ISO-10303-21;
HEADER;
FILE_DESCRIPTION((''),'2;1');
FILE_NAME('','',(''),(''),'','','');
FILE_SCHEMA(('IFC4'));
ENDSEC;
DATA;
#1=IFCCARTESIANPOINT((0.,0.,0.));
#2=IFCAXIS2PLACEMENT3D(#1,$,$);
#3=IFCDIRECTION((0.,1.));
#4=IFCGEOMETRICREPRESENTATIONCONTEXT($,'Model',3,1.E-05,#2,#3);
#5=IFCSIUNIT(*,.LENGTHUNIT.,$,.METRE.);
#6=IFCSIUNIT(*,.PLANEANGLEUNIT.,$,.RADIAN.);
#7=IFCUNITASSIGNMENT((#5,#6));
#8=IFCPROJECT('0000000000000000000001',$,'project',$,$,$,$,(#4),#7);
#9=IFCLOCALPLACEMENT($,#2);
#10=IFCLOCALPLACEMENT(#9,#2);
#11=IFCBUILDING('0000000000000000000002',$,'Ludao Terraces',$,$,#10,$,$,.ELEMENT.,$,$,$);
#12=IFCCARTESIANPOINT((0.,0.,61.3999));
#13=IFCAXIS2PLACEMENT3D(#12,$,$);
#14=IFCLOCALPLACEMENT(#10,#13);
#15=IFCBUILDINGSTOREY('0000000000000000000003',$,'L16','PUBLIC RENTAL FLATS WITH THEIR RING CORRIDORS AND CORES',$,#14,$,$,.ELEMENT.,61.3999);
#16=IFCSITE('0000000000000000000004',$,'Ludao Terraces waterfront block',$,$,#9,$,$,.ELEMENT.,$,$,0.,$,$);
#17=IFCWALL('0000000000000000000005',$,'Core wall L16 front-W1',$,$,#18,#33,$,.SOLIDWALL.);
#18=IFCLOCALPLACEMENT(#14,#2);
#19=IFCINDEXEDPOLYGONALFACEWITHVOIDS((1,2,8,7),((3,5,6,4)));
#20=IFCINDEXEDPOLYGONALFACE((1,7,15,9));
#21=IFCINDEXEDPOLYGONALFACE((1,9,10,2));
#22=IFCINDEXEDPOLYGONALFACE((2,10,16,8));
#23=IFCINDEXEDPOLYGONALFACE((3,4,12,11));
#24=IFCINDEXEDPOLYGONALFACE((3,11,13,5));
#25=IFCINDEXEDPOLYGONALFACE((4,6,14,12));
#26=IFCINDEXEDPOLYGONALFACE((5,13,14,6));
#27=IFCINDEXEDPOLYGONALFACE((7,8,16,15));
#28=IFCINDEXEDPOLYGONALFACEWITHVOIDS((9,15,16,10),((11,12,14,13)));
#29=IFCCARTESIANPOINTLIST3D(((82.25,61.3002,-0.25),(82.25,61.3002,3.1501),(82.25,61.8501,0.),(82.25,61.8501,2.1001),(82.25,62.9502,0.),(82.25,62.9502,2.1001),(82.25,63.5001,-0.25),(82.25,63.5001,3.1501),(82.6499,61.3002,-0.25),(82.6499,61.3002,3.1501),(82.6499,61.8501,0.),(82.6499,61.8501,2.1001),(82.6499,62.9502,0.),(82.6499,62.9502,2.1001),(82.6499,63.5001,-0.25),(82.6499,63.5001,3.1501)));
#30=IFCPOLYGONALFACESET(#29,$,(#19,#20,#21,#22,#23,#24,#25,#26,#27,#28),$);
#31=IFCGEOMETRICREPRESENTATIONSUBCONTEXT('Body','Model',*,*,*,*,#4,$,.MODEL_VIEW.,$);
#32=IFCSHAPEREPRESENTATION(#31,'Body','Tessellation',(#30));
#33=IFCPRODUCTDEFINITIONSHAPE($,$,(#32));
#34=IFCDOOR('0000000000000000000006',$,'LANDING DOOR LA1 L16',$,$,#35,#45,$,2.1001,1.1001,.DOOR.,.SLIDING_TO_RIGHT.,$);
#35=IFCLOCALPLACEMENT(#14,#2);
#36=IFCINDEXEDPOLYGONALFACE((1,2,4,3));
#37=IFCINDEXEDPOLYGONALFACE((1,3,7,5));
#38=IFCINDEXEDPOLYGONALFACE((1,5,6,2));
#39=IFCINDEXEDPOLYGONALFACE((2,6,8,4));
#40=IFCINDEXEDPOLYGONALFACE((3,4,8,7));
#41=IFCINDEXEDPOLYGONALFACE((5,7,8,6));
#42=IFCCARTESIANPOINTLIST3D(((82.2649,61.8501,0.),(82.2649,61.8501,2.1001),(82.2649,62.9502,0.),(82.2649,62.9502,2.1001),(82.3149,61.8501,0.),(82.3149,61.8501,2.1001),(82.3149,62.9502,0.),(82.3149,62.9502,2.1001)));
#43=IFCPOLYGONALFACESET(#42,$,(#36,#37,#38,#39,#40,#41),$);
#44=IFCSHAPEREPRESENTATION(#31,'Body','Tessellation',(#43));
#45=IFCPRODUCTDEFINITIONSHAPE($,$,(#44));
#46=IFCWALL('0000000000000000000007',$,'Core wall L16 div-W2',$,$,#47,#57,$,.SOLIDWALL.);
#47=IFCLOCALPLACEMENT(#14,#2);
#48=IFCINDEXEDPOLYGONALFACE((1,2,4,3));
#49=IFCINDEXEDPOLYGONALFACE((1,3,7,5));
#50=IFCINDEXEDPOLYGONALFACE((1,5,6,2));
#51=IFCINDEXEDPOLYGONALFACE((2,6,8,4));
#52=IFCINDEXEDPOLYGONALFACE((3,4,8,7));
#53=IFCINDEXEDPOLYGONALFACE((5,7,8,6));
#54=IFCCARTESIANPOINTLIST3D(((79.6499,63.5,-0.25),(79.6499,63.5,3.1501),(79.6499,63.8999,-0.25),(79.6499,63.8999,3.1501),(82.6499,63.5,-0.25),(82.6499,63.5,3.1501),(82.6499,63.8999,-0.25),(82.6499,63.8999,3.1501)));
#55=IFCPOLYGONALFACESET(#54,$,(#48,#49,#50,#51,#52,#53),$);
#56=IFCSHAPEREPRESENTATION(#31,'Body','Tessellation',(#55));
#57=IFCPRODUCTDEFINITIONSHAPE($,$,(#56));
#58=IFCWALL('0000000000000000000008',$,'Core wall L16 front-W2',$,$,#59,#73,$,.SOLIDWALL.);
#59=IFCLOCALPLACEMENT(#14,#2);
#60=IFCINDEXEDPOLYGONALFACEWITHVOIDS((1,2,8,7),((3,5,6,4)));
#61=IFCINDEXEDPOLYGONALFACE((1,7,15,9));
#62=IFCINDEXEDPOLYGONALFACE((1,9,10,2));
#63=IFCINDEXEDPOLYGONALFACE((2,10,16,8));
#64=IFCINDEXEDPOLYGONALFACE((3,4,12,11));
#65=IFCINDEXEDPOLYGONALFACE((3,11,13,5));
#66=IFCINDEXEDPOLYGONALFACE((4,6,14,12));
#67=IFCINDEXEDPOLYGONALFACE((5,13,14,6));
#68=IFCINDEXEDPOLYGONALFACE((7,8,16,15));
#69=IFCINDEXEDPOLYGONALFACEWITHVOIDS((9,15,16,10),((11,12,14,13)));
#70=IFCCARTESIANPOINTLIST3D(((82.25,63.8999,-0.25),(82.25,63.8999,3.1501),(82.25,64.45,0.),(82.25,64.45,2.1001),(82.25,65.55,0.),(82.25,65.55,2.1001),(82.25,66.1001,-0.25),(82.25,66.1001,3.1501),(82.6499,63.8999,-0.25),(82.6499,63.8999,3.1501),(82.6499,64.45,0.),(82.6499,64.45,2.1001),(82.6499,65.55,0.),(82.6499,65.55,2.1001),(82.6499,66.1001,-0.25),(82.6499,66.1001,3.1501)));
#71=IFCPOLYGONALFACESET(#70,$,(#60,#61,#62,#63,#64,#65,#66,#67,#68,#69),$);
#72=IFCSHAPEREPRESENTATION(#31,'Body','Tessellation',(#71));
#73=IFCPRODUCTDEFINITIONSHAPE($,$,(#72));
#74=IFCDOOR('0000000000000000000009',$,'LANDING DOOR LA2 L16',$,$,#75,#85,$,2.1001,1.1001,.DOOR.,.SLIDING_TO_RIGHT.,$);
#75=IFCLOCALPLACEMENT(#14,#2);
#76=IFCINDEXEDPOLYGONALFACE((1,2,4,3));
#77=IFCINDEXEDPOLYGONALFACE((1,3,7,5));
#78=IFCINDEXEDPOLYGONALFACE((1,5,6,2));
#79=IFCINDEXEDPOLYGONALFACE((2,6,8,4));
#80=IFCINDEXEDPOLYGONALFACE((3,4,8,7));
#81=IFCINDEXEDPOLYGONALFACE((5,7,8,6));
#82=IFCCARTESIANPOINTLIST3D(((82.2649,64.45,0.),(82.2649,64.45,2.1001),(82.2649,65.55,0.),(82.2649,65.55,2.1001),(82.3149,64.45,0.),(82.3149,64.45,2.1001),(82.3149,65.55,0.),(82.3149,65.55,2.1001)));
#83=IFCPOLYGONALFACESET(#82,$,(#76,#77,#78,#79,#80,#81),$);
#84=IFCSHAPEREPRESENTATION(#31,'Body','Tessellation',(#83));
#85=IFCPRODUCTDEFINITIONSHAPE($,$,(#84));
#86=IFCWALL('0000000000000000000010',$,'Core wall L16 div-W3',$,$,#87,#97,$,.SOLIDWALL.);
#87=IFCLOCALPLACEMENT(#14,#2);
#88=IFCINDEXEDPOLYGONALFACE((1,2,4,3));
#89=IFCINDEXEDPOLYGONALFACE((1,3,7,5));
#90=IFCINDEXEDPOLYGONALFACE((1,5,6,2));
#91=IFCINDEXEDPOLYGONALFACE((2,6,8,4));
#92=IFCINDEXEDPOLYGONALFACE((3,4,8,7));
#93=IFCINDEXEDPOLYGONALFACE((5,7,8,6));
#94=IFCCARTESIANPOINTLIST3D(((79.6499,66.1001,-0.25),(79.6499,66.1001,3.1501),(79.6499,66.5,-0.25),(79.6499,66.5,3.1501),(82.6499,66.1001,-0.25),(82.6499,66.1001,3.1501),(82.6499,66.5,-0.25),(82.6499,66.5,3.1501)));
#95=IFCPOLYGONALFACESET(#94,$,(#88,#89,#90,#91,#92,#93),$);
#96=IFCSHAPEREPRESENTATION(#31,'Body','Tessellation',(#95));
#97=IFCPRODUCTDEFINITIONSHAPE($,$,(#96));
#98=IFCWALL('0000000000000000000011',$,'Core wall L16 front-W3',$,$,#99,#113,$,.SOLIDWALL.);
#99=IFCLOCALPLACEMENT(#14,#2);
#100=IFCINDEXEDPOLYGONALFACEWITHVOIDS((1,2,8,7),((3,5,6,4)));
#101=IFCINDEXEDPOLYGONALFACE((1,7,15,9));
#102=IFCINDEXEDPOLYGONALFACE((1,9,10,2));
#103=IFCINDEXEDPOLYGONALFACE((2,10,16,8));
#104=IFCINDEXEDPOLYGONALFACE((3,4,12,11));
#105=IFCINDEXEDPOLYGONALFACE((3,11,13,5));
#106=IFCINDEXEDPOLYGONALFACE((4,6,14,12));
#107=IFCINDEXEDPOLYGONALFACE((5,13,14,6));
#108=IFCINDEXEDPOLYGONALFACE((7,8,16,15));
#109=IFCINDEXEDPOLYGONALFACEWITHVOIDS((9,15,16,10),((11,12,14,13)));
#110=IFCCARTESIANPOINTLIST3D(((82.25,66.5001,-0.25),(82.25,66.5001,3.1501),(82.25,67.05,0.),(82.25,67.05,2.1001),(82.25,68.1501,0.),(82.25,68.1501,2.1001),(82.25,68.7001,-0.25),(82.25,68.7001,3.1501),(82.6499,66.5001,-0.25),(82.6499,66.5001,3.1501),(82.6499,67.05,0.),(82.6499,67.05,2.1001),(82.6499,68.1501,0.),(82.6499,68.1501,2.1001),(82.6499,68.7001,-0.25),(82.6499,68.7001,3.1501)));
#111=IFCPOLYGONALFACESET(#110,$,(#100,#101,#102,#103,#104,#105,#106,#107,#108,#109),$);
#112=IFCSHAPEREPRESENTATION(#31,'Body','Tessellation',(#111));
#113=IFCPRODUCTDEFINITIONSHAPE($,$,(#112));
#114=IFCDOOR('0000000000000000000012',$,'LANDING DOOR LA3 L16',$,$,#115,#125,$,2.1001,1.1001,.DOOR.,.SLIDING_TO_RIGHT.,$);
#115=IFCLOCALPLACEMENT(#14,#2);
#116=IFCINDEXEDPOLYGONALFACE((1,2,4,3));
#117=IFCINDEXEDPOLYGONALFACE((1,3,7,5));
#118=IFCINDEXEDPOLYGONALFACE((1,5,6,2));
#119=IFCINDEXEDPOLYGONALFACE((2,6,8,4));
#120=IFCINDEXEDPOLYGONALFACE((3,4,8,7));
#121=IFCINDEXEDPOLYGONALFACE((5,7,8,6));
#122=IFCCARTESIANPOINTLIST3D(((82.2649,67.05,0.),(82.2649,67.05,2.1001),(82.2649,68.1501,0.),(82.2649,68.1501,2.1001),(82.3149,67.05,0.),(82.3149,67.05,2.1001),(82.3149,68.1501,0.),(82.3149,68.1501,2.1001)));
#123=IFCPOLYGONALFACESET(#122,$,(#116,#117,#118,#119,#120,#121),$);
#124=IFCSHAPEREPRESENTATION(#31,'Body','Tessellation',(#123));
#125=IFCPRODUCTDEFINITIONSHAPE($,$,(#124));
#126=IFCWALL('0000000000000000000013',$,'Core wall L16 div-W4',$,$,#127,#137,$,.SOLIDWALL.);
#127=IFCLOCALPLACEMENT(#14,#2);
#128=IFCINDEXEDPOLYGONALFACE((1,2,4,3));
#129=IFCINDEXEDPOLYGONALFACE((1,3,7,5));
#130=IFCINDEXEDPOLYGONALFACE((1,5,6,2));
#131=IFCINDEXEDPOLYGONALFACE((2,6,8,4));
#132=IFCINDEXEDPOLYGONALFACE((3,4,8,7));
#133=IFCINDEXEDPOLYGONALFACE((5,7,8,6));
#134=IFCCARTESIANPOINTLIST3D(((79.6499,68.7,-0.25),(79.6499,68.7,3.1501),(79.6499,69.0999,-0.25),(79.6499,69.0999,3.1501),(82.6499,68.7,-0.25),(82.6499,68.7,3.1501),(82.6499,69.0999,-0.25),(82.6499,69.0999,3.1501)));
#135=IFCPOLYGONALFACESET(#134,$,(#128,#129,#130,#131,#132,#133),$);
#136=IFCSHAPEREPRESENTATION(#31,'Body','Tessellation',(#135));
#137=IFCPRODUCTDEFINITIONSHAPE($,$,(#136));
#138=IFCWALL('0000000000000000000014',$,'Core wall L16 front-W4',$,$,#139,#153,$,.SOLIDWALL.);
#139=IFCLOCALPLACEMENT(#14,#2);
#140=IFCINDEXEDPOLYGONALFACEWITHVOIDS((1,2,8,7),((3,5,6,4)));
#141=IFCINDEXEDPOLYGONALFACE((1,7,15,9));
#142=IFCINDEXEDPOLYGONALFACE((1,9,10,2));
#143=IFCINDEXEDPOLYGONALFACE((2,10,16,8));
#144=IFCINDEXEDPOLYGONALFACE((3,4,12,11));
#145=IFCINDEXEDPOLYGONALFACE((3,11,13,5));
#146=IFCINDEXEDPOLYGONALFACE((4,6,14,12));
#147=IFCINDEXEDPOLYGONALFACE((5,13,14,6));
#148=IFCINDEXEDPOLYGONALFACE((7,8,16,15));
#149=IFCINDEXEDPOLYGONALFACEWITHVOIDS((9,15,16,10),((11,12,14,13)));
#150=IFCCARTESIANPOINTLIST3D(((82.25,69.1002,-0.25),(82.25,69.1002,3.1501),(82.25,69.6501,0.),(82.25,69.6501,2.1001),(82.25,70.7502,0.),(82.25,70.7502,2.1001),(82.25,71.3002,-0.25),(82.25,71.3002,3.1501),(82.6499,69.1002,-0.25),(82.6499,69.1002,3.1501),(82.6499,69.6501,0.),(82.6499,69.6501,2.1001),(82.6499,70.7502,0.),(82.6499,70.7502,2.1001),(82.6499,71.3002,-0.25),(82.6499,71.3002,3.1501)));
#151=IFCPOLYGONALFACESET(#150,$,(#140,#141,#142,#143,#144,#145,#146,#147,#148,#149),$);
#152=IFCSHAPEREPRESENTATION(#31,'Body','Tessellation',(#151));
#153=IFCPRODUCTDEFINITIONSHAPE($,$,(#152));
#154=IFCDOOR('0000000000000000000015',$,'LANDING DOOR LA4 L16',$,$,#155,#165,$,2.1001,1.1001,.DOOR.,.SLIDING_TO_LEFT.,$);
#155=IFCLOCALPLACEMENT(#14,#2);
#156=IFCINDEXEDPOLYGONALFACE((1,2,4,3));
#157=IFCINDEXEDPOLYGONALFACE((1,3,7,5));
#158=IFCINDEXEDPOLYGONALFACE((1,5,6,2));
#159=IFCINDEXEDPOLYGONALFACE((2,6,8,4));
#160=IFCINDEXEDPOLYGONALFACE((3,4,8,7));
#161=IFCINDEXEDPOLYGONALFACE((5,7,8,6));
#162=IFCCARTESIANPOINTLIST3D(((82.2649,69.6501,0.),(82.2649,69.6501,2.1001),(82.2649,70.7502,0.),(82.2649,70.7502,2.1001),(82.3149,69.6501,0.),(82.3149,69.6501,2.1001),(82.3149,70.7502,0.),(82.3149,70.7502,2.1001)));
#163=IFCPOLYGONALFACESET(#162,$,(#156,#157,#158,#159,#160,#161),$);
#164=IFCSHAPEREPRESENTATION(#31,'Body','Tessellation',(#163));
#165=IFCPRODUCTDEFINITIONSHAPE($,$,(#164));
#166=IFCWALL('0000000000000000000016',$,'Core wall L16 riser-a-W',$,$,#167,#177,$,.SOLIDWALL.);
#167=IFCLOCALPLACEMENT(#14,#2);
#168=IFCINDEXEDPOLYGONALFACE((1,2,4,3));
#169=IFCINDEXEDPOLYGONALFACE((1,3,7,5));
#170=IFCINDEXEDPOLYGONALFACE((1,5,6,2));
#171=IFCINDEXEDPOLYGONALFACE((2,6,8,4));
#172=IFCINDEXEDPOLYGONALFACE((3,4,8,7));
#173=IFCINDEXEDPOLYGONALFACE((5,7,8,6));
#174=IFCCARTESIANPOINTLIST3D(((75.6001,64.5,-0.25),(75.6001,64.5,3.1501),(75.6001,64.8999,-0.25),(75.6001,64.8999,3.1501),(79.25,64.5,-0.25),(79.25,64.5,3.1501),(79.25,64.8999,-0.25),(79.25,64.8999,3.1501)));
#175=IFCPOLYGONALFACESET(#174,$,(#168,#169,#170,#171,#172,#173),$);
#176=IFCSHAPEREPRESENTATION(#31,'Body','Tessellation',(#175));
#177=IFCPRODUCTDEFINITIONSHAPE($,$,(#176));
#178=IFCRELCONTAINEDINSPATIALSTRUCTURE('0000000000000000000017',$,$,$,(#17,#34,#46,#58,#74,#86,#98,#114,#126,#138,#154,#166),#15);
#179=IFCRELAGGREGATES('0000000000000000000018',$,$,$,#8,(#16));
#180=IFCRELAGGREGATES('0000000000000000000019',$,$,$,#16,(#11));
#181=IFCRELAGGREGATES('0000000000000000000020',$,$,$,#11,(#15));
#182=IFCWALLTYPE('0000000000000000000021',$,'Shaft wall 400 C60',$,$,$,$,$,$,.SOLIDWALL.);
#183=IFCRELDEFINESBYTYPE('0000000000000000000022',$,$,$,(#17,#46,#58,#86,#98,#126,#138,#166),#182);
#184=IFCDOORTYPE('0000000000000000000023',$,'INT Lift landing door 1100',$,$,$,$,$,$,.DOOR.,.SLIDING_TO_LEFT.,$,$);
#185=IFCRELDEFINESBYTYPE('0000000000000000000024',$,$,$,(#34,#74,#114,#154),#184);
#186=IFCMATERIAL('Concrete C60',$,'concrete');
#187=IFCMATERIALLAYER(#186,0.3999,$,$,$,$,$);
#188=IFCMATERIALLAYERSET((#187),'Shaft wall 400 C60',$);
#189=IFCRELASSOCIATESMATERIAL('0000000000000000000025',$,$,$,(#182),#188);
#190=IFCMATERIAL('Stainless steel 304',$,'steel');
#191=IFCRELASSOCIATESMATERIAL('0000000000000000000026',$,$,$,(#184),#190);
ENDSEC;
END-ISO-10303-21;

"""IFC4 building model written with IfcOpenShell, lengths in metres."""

from ifc_helpers import new_model, si_unit, direction, frame, frame_2d, origin, place, context, subcontext, project, spatial, rectangle, extrude, material, layer, layer_set, type_object, element, fill, save


model = new_model("IFC4")

# Units and contexts
model_context = context("Model", 3, precision=1e-05, world=origin(), true_north=direction((0.0, 1.0)))
body_context = subcontext(model_context, "Body", "Model", "MODEL_VIEW")
ifc_project = project(units=[si_unit("LENGTHUNIT", "METRE"), si_unit("PLANEANGLEUNIT", "RADIAN")], contexts=[model_context])

# Site, building, storey
site_placement = place(None, origin())
site = spatial("IfcSite", under=ifc_project, at=site_placement, Name="Ludao Terraces waterfront block", CompositionType="ELEMENT", RefElevation=0.0)
building_placement = place(site_placement, origin())
building = spatial("IfcBuilding", under=site, at=building_placement, Name="Ludao Terraces", CompositionType="ELEMENT")
storey_placement = place(building_placement, frame((0.0, 0.0, 61.3999)))
storey = spatial("IfcBuildingStorey", under=building, at=storey_placement, Name="L16", Description="PUBLIC RENTAL FLATS WITH THEIR RING CORRIDORS AND CORES", CompositionType="ELEMENT", Elevation=61.3999)

# Wall, opening, door
ifc_material_1 = material(Name="Concrete C60", Category="concrete")
ifc_layer_1 = layer(ifc_material_1, 0.3999)
ifc_layer_set_1 = layer_set([ifc_layer_1], Name="Shaft wall 400 C60")
wall_type_1 = type_object("IfcWallType", Name="Shaft wall 400 C60", PredefinedType="SOLIDWALL", material=ifc_layer_set_1)
wall_1_placement = place(storey_placement, frame((82.45, 61.3, -0.25), z_axis=(0.0, 0.0, 1.0), x_axis=(0.0, 1.0, 0.0)))
wall_1 = element("IfcWall", 1, at=wall_1_placement, inside=storey, type_object=wall_type_1, Name="Core wall L16 front-W1", PredefinedType="SOLIDWALL", context=body_context, shape_type="SweptSolid", body=[
    extrude(rectangle(XDim=2.2, YDim=0.3999, at=frame_2d((1.1001, 0.0))), origin(), (0.0, 0.0, 1.0), 3.4001),
])
opening_1_placement = place(wall_1_placement, frame((0.55, 0.0, 0.25)))
opening_1 = element("IfcOpeningElement", 2, at=opening_1_placement, cuts=wall_1, PredefinedType="OPENING", context=body_context, shape_type="SweptSolid", body=[
    extrude(rectangle(XDim=1.1001, YDim=2.1001, at=frame_2d((0.55, 1.05))), frame((0.0, 0.21, 0.0), z_axis=(0.0, -1.0, 0.0), x_axis=(1.0, 0.0, 0.0)), (0.0, 0.0, 1.0), 0.4199),
])
ifc_material_2 = material(Name="Stainless steel 304", Category="steel")
door_type_1 = type_object("IfcDoorType", Name="INT Lift landing door 1100", OperationType="SLIDING_TO_LEFT", PredefinedType="DOOR", material=ifc_material_2)
door_1_placement = place(opening_1_placement, origin())
door_1 = element("IfcDoor", 3, at=door_1_placement, inside=storey, type_object=door_type_1, Name="LANDING DOOR LA1 L16", OperationType="SLIDING_TO_RIGHT", OverallHeight=2.1001, OverallWidth=1.1001, PredefinedType="DOOR", context=body_context, shape_type="SweptSolid", body=[
    extrude(rectangle(XDim=1.1001, YDim=2.1001, at=frame_2d((0.55, 1.05))), frame((0.0, 0.1851, 0.0), z_axis=(0.0, -1.0, 0.0), x_axis=(1.0, 0.0, 0.0)), (0.0, 0.0, 1.0), 0.05),
])
fill(opening_1, door_1)

# Wall
wall_2_placement = place(storey_placement, frame((79.6499, 63.7, -0.25), z_axis=(0.0, 0.0, 1.0), x_axis=(1.0, 0.0, 0.0)))
element("IfcWall", 4, at=wall_2_placement, inside=storey, type_object=wall_type_1, Name="Core wall L16 div-W2", PredefinedType="SOLIDWALL", context=body_context, shape_type="SweptSolid", body=[
    extrude(rectangle(XDim=3.0, YDim=0.3999, at=frame_2d((1.5, 0.0))), origin(), (0.0, 0.0, 1.0), 3.4001),
])

# Wall, opening, door
wall_3_placement = place(storey_placement, frame((82.45, 63.8999, -0.25), z_axis=(0.0, 0.0, 1.0), x_axis=(0.0, 1.0, 0.0)))
wall_3 = element("IfcWall", 5, at=wall_3_placement, inside=storey, type_object=wall_type_1, Name="Core wall L16 front-W2", PredefinedType="SOLIDWALL", context=body_context, shape_type="SweptSolid", body=[
    extrude(rectangle(XDim=2.2002, YDim=0.3999, at=frame_2d((1.1001, 0.0))), origin(), (0.0, 0.0, 1.0), 3.4001),
])
opening_2_placement = place(wall_3_placement, frame((0.55, 0.0, 0.25)))
opening_2 = element("IfcOpeningElement", 6, at=opening_2_placement, cuts=wall_3, PredefinedType="OPENING", context=body_context, shape_type="SweptSolid", body=[
    extrude(rectangle(XDim=1.1001, YDim=2.1001, at=frame_2d((0.55, 1.05))), frame((0.0, 0.21, 0.0), z_axis=(0.0, -1.0, 0.0), x_axis=(1.0, 0.0, 0.0)), (0.0, 0.0, 1.0), 0.4199),
])
door_2_placement = place(opening_2_placement, origin())
door_2 = element("IfcDoor", 7, at=door_2_placement, inside=storey, type_object=door_type_1, Name="LANDING DOOR LA2 L16", OperationType="SLIDING_TO_RIGHT", OverallHeight=2.1001, OverallWidth=1.1001, PredefinedType="DOOR", context=body_context, shape_type="SweptSolid", body=[
    extrude(rectangle(XDim=1.1001, YDim=2.1001, at=frame_2d((0.55, 1.05))), frame((0.0, 0.1851, 0.0), z_axis=(0.0, -1.0, 0.0), x_axis=(1.0, 0.0, 0.0)), (0.0, 0.0, 1.0), 0.05),
])
fill(opening_2, door_2)

# Wall
wall_4_placement = place(storey_placement, frame((79.6499, 66.3, -0.25), z_axis=(0.0, 0.0, 1.0), x_axis=(1.0, 0.0, 0.0)))
element("IfcWall", 8, at=wall_4_placement, inside=storey, type_object=wall_type_1, Name="Core wall L16 div-W3", PredefinedType="SOLIDWALL", context=body_context, shape_type="SweptSolid", body=[
    extrude(rectangle(XDim=3.0, YDim=0.3999, at=frame_2d((1.5, 0.0))), origin(), (0.0, 0.0, 1.0), 3.4001),
])

# Wall, opening, door
wall_5_placement = place(storey_placement, frame((82.45, 66.5, -0.25), z_axis=(0.0, 0.0, 1.0), x_axis=(0.0, 1.0, 0.0)))
wall_5 = element("IfcWall", 9, at=wall_5_placement, inside=storey, type_object=wall_type_1, Name="Core wall L16 front-W3", PredefinedType="SOLIDWALL", context=body_context, shape_type="SweptSolid", body=[
    extrude(rectangle(XDim=2.2, YDim=0.3999, at=frame_2d((1.1001, 0.0))), origin(), (0.0, 0.0, 1.0), 3.4001),
])
opening_3_placement = place(wall_5_placement, frame((0.55, 0.0, 0.25)))
opening_3 = element("IfcOpeningElement", 10, at=opening_3_placement, cuts=wall_5, PredefinedType="OPENING", context=body_context, shape_type="SweptSolid", body=[
    extrude(rectangle(XDim=1.1001, YDim=2.1001, at=frame_2d((0.55, 1.05))), frame((0.0, 0.21, 0.0), z_axis=(0.0, -1.0, 0.0), x_axis=(1.0, 0.0, 0.0)), (0.0, 0.0, 1.0), 0.4199),
])
door_3_placement = place(opening_3_placement, origin())
door_3 = element("IfcDoor", 11, at=door_3_placement, inside=storey, type_object=door_type_1, Name="LANDING DOOR LA3 L16", OperationType="SLIDING_TO_RIGHT", OverallHeight=2.1001, OverallWidth=1.1001, PredefinedType="DOOR", context=body_context, shape_type="SweptSolid", body=[
    extrude(rectangle(XDim=1.1001, YDim=2.1001, at=frame_2d((0.55, 1.05))), frame((0.0, 0.1851, 0.0), z_axis=(0.0, -1.0, 0.0), x_axis=(1.0, 0.0, 0.0)), (0.0, 0.0, 1.0), 0.05),
])
fill(opening_3, door_3)

# Wall
wall_6_placement = place(storey_placement, frame((79.6499, 68.8999, -0.25), z_axis=(0.0, 0.0, 1.0), x_axis=(1.0, 0.0, 0.0)))
element("IfcWall", 12, at=wall_6_placement, inside=storey, type_object=wall_type_1, Name="Core wall L16 div-W4", PredefinedType="SOLIDWALL", context=body_context, shape_type="SweptSolid", body=[
    extrude(rectangle(XDim=3.0, YDim=0.3999, at=frame_2d((1.5, 0.0))), origin(), (0.0, 0.0, 1.0), 3.4001),
])

# Wall, opening, door
wall_7_placement = place(storey_placement, frame((82.45, 69.1001, -0.25), z_axis=(0.0, 0.0, 1.0), x_axis=(0.0, 1.0, 0.0)))
wall_7 = element("IfcWall", 13, at=wall_7_placement, inside=storey, type_object=wall_type_1, Name="Core wall L16 front-W4", PredefinedType="SOLIDWALL", context=body_context, shape_type="SweptSolid", body=[
    extrude(rectangle(XDim=2.2, YDim=0.3999, at=frame_2d((1.1001, 0.0))), origin(), (0.0, 0.0, 1.0), 3.4001),
])
opening_4_placement = place(wall_7_placement, frame((0.55, 0.0, 0.25)))
opening_4 = element("IfcOpeningElement", 14, at=opening_4_placement, cuts=wall_7, PredefinedType="OPENING", context=body_context, shape_type="SweptSolid", body=[
    extrude(rectangle(XDim=1.1001, YDim=2.1001, at=frame_2d((0.55, 1.05))), frame((0.0, 0.21, 0.0), z_axis=(0.0, -1.0, 0.0), x_axis=(1.0, 0.0, 0.0)), (0.0, 0.0, 1.0), 0.4199),
])
door_4_placement = place(opening_4_placement, origin())
door_4 = element("IfcDoor", 15, at=door_4_placement, inside=storey, type_object=door_type_1, Name="LANDING DOOR LA4 L16", OperationType="SLIDING_TO_LEFT", OverallHeight=2.1001, OverallWidth=1.1001, PredefinedType="DOOR", context=body_context, shape_type="SweptSolid", body=[
    extrude(rectangle(XDim=1.1001, YDim=2.1001, at=frame_2d((0.55, 1.05))), frame((0.0, 0.1851, 0.0), z_axis=(0.0, -1.0, 0.0), x_axis=(1.0, 0.0, 0.0)), (0.0, 0.0, 1.0), 0.05),
])
fill(opening_4, door_4)

# Wall
wall_8_placement = place(storey_placement, frame((75.6001, 64.7, -0.25), z_axis=(0.0, 0.0, 1.0), x_axis=(1.0, 0.0, 0.0)))
element("IfcWall", 16, at=wall_8_placement, inside=storey, type_object=wall_type_1, Name="Core wall L16 riser-a-W", PredefinedType="SOLIDWALL", context=body_context, shape_type="SweptSolid", body=[
    extrude(rectangle(XDim=3.6499, YDim=0.3999, at=frame_2d((1.825, 0.0))), origin(), (0.0, 0.0, 1.0), 3.4001),
])

save(model, "model.ifc")
